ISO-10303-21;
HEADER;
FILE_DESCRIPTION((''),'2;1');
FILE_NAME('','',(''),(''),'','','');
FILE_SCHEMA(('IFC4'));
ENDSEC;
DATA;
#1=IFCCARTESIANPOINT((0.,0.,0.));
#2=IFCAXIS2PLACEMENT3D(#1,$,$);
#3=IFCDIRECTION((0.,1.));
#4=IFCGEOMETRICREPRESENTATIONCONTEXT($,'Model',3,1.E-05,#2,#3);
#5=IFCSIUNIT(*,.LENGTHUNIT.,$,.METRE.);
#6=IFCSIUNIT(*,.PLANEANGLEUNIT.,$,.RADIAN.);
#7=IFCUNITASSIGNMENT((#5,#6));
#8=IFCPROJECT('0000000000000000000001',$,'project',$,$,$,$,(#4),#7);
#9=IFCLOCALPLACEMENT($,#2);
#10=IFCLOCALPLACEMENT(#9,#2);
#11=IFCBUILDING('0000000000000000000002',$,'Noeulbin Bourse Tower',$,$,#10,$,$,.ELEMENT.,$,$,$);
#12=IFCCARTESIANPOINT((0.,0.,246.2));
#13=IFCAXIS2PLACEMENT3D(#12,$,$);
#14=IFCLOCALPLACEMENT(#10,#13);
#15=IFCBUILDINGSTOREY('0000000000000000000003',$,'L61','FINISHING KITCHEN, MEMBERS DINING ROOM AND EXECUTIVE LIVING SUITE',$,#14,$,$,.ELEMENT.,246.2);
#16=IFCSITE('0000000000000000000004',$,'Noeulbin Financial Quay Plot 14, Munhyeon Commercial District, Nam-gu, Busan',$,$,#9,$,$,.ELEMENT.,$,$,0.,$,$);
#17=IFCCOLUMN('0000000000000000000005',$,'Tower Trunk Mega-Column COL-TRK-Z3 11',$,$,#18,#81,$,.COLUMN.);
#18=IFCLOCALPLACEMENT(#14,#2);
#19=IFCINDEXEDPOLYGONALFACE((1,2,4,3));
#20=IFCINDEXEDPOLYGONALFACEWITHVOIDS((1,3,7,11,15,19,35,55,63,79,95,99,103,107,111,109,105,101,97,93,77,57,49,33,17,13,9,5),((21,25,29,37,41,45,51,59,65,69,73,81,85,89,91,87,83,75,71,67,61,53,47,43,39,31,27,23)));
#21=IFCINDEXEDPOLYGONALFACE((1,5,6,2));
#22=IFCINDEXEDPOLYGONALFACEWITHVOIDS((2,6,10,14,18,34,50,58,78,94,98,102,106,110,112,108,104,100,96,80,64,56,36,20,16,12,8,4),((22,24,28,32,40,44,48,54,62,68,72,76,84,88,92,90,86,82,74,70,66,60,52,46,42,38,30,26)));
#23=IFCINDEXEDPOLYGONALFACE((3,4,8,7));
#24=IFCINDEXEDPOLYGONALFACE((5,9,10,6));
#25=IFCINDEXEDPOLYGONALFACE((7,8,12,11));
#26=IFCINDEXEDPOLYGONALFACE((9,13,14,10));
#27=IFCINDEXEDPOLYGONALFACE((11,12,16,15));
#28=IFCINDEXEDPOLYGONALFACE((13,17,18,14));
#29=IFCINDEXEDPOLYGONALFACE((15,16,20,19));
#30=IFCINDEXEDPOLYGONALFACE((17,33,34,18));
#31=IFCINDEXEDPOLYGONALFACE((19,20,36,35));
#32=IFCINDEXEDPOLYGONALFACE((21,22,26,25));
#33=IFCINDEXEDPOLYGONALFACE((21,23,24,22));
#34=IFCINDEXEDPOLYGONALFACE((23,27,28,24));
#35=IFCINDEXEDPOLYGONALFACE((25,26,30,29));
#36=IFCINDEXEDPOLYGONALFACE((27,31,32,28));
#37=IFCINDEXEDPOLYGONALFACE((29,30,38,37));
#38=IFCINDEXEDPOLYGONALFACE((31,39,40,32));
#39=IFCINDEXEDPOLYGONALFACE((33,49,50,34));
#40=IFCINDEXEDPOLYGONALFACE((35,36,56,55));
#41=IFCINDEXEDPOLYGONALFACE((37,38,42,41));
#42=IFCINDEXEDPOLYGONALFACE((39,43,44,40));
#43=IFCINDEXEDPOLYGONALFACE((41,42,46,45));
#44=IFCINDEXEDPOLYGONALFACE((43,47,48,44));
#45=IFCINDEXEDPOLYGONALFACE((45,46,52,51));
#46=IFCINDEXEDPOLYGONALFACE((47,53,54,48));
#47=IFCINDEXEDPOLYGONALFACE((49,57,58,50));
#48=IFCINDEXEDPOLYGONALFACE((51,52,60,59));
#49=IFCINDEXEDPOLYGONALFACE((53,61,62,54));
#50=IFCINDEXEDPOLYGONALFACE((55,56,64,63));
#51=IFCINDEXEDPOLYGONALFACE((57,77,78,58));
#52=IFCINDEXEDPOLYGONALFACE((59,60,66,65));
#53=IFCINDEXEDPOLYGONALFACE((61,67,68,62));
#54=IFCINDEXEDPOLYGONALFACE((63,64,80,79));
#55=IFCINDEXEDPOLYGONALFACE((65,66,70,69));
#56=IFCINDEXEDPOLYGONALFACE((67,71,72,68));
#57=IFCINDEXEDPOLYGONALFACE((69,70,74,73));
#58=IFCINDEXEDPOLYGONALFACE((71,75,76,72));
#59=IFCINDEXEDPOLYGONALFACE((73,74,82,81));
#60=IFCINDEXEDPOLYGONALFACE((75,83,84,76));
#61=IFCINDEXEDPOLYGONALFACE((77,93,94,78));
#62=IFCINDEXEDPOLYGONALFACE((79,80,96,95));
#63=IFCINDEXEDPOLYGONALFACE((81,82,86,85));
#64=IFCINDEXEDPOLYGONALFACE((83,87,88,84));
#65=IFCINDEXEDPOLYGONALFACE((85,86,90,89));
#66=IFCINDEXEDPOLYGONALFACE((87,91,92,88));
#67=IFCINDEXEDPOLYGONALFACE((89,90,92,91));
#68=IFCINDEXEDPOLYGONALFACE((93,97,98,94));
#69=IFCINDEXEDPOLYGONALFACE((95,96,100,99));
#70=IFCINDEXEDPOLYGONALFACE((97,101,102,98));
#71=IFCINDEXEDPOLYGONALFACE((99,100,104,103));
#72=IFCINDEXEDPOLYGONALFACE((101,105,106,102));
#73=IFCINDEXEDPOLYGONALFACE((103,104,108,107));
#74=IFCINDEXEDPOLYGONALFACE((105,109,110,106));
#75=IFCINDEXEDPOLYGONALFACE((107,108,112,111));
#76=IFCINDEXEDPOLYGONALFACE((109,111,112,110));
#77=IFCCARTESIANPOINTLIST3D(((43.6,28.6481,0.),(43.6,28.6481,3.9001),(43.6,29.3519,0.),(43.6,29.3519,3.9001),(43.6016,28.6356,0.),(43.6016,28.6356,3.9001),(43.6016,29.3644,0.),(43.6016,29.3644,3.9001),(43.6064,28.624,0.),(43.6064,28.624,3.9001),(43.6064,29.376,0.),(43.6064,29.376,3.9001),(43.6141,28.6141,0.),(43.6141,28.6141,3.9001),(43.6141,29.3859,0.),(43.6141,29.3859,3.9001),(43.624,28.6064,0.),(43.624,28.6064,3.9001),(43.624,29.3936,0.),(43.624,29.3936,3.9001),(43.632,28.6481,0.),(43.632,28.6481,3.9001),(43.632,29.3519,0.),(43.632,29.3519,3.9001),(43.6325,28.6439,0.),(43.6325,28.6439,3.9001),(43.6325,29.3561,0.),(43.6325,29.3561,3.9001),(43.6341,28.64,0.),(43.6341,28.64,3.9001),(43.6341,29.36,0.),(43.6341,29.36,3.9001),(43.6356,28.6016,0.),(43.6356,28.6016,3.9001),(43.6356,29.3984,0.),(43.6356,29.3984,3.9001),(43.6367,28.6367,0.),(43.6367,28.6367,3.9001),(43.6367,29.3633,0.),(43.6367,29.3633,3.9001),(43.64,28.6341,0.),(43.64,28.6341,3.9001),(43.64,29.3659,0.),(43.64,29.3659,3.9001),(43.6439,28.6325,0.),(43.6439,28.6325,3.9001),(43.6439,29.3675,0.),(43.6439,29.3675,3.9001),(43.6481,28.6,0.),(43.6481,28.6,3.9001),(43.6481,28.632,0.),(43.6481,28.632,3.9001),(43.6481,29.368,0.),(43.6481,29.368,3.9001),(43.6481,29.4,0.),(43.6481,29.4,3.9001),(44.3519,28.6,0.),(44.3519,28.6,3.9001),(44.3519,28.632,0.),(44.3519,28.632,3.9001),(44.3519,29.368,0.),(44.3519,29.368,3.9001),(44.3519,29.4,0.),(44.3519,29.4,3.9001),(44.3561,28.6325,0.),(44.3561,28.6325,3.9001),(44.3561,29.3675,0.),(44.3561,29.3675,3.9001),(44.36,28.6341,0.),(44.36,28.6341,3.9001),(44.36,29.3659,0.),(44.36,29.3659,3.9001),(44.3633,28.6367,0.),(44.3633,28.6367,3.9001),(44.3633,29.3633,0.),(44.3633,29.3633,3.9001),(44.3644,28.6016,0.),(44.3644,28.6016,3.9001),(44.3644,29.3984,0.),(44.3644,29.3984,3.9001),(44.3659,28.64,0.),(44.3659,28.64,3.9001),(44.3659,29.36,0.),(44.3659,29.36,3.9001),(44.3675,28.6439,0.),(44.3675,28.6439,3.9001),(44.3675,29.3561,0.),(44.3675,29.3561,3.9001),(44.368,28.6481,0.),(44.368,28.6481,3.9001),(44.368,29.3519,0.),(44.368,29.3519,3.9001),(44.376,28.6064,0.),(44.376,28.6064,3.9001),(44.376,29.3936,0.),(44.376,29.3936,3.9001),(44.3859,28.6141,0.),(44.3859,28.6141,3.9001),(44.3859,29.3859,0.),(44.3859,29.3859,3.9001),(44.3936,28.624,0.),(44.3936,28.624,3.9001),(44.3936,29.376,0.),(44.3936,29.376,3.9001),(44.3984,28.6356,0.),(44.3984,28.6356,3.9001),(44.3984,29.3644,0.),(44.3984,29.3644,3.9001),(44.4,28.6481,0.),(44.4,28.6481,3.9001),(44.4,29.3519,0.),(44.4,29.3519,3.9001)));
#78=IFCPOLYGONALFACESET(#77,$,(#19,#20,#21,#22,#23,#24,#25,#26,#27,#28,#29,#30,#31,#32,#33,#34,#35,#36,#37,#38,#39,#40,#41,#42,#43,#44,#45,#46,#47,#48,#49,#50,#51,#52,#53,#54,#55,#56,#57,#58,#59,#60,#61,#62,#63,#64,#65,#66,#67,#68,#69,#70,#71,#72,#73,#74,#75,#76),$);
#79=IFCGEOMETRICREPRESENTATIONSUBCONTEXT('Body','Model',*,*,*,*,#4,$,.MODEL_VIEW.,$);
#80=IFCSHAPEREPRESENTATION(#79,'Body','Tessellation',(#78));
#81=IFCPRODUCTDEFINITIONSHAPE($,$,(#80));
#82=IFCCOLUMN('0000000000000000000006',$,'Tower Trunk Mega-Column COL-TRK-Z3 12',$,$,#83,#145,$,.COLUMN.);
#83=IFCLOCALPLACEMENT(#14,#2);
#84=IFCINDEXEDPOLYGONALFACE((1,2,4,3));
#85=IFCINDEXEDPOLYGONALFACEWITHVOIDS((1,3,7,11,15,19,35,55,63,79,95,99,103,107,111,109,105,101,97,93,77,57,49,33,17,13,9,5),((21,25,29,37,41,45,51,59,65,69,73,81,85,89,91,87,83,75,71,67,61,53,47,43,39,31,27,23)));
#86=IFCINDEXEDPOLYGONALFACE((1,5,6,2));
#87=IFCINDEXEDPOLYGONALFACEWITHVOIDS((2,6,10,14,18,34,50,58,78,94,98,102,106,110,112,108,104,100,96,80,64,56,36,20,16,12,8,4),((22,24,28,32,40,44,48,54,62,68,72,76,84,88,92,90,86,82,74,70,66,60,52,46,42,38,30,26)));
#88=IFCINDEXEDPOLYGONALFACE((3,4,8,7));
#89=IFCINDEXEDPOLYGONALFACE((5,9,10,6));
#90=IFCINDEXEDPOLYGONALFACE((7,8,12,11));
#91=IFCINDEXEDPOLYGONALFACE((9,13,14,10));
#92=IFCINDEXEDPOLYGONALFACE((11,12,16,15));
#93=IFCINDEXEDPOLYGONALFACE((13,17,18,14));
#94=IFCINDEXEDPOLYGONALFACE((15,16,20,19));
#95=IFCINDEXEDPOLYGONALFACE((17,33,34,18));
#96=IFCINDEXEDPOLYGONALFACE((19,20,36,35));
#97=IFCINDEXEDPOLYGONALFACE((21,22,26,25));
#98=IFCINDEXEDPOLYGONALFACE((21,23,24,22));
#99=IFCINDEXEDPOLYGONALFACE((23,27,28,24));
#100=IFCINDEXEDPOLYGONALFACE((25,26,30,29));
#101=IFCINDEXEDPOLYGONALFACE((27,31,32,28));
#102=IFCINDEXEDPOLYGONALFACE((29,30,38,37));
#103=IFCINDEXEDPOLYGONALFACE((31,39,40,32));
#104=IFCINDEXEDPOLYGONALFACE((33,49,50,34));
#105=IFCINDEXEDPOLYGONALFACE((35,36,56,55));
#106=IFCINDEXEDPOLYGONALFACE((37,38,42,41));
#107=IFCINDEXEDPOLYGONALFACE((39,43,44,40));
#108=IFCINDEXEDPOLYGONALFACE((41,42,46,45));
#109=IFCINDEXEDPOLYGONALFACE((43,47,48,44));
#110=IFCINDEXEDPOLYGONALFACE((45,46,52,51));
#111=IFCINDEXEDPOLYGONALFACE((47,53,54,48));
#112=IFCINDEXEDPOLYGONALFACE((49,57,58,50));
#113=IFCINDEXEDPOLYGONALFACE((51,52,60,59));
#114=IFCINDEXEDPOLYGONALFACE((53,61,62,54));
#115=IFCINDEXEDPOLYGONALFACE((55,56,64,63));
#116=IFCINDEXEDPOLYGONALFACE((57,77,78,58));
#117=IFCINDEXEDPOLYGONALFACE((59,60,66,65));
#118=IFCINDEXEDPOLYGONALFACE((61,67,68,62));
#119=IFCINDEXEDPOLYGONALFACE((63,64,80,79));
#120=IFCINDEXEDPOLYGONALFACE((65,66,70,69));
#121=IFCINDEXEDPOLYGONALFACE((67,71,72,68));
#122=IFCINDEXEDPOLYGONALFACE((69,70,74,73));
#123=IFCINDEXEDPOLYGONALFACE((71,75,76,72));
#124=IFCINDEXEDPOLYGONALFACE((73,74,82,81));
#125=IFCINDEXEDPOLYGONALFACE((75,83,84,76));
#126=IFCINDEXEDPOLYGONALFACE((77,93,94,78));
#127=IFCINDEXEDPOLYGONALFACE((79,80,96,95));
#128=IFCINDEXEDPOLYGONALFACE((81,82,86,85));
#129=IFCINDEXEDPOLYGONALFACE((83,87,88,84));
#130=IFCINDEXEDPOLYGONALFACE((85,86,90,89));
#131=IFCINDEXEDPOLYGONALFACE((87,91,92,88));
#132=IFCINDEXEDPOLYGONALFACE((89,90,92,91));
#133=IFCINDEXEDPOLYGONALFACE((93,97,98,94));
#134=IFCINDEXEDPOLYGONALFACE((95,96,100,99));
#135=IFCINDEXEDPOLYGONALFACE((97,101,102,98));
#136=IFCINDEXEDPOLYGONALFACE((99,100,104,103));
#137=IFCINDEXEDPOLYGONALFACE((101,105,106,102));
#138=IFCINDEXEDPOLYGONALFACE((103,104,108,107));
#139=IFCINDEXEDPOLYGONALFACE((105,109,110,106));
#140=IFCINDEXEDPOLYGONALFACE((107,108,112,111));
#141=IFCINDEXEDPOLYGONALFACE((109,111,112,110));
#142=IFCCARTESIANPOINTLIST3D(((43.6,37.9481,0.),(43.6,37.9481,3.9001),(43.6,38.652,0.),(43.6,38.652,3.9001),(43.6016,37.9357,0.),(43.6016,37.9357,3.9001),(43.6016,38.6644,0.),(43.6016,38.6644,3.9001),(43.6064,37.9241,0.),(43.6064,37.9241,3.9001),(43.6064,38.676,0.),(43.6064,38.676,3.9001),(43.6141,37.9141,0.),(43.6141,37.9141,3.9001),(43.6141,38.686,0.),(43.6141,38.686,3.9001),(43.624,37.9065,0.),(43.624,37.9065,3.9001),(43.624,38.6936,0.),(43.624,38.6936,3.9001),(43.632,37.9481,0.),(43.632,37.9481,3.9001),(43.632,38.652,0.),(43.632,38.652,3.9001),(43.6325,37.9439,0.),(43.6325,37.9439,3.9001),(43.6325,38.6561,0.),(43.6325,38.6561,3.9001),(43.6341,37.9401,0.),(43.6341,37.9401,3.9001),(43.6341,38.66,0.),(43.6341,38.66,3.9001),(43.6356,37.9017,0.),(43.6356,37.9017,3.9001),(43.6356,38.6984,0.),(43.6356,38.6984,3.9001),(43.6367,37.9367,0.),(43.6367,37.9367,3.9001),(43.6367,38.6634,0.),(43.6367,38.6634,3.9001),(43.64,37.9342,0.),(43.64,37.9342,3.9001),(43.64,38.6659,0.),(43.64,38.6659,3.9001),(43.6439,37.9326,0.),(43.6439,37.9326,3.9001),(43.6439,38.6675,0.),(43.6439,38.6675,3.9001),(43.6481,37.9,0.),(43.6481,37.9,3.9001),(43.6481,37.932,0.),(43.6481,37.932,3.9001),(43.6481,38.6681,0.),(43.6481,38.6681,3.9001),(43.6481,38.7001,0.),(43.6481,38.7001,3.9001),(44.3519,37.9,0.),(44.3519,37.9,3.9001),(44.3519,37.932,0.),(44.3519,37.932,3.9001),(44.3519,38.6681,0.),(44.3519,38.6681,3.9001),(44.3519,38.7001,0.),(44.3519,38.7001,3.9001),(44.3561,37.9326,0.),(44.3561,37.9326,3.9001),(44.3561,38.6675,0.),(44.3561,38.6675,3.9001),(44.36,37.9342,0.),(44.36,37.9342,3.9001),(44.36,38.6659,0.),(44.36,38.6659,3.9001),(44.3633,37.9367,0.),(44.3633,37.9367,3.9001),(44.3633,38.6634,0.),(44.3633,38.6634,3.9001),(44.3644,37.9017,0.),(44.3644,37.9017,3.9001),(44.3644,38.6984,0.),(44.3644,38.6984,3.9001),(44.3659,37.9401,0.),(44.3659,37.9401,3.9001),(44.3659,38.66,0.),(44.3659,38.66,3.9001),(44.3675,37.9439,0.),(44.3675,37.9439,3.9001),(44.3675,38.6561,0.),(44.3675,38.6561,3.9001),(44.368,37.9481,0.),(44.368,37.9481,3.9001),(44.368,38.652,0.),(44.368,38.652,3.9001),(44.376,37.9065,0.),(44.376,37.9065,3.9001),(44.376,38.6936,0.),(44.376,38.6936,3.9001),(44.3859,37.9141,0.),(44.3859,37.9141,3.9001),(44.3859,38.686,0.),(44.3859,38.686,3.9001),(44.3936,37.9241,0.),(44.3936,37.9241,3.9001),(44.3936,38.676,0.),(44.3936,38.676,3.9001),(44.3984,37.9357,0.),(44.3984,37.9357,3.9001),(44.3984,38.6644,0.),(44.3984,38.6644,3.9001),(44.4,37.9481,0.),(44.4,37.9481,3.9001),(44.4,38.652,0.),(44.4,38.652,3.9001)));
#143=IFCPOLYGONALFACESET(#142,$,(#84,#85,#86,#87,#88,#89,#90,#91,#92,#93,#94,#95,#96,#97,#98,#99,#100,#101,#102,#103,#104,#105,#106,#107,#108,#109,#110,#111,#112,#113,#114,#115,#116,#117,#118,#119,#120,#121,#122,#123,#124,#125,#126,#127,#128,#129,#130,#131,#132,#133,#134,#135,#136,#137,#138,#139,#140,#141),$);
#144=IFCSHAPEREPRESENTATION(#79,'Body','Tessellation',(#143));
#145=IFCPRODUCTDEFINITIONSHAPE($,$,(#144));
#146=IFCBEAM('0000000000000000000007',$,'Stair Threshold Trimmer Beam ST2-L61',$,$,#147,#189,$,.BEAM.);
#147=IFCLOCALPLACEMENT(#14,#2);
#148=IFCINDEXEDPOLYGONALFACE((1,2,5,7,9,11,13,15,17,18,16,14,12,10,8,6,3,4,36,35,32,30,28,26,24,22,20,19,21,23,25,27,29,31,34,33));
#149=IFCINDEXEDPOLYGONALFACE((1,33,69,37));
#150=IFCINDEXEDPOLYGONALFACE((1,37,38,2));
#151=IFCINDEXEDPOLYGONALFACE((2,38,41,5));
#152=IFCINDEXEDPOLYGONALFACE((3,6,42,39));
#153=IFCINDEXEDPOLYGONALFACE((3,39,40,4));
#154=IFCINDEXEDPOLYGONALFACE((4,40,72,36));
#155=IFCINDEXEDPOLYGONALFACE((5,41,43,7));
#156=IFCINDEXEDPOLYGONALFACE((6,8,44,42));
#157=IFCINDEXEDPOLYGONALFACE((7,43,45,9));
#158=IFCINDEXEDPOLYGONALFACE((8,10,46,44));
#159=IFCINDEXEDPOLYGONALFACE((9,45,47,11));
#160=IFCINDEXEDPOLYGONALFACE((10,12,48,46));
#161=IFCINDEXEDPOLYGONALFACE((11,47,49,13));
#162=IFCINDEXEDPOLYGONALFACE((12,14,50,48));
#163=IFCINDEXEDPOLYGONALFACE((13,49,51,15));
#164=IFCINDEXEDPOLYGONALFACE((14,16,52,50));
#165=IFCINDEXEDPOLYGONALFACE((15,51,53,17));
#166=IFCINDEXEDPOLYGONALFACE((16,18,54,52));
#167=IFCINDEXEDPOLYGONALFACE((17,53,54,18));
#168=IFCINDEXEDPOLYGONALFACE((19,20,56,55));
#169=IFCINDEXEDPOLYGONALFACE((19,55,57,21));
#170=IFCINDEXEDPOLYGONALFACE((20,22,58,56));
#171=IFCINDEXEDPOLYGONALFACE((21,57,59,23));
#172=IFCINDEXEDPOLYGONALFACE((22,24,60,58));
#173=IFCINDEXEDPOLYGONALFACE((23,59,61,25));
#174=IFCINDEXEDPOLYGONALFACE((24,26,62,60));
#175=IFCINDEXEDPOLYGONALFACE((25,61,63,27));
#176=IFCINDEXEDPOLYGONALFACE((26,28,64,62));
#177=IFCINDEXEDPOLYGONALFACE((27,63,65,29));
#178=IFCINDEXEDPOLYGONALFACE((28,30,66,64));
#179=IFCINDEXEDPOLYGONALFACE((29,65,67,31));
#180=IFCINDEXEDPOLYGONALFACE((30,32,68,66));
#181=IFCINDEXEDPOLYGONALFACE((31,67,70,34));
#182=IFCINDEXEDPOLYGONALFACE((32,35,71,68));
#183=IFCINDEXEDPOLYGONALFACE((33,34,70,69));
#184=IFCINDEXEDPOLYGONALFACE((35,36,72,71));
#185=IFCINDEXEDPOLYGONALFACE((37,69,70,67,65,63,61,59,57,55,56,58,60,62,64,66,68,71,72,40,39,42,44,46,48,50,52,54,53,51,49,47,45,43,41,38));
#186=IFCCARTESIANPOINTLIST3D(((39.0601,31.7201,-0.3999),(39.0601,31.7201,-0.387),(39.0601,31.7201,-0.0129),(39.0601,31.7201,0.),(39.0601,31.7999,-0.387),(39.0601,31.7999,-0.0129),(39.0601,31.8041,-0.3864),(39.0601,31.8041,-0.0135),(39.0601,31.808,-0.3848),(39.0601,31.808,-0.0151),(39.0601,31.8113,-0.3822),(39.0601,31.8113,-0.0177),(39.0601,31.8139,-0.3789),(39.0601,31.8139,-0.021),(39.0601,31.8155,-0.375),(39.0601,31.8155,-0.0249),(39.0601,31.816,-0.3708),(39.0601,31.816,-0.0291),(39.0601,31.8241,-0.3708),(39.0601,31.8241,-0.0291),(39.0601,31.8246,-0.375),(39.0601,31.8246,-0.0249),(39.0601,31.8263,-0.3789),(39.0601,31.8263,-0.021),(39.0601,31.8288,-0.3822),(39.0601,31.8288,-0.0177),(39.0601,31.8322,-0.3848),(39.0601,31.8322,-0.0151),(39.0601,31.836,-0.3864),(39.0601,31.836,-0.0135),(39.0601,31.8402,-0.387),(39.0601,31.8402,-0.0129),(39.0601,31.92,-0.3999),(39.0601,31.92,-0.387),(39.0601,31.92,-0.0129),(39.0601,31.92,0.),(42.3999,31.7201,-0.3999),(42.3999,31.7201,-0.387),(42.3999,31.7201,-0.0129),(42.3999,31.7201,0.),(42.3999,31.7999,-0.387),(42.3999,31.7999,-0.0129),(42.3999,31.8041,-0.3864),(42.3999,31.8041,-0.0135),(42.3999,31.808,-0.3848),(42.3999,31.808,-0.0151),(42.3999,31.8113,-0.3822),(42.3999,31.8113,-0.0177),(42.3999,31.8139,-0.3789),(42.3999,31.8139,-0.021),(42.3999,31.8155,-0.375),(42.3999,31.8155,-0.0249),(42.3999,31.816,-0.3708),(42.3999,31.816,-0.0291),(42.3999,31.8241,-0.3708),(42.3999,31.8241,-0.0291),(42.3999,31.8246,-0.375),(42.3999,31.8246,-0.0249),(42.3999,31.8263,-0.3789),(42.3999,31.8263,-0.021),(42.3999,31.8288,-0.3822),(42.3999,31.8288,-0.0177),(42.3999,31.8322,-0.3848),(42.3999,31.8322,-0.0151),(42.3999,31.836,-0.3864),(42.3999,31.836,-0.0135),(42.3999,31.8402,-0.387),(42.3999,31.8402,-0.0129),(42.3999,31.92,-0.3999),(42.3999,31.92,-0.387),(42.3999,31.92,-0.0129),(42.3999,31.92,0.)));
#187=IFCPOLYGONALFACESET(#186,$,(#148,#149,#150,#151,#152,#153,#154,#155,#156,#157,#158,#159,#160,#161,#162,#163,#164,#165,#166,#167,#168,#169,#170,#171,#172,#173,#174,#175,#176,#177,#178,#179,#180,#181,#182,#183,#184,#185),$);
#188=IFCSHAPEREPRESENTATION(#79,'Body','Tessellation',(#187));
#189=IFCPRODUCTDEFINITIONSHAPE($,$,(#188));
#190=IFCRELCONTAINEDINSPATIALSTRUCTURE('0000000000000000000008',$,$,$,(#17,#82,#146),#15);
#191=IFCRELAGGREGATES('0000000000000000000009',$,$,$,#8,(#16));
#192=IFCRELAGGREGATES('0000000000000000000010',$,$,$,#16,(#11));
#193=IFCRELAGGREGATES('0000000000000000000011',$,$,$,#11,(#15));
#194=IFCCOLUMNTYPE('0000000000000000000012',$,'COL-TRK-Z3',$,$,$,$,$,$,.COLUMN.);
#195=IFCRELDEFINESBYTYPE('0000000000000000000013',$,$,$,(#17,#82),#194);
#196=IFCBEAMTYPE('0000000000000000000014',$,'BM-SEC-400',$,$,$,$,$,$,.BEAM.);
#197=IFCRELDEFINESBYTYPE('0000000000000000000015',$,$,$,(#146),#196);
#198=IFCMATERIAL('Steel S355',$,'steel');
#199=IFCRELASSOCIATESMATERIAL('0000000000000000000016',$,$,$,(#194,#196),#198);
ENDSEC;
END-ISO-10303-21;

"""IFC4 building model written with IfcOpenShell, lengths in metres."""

from ifc_helpers import new_model, si_unit, direction, frame, origin, origin_2d, place, context, subcontext, project, spatial, hollow_rectangle, i_section, extrude, material, material_profile, profile_set, type_object, element, save


model = new_model("IFC4")

# Units and contexts
model_context = context("Model", 3, precision=1e-05, world=origin(), true_north=direction((0.0, 1.0)))
body_context = subcontext(model_context, "Body", "Model", "MODEL_VIEW")
ifc_project = project(units=[si_unit("LENGTHUNIT", "METRE"), si_unit("PLANEANGLEUNIT", "RADIAN")], contexts=[model_context])

# Site, building, storey
site_placement = place(None, origin())
site = spatial("IfcSite", under=ifc_project, at=site_placement, Name="Noeulbin Financial Quay Plot 14, Munhyeon Commercial District, Nam-gu, Busan", CompositionType="ELEMENT", RefElevation=0.0)
building_placement = place(site_placement, origin())
building = spatial("IfcBuilding", under=site, at=building_placement, Name="Noeulbin Bourse Tower", CompositionType="ELEMENT")
storey_placement = place(building_placement, frame((0.0, 0.0, 246.2)))
storey = spatial("IfcBuildingStorey", under=building, at=storey_placement, Name="L61", Description="FINISHING KITCHEN, MEMBERS DINING ROOM AND EXECUTIVE LIVING SUITE", CompositionType="ELEMENT", Elevation=246.2)

# Columns
ifc_material_1 = material(Name="Steel S355", Category="steel")
ifc_material_profile_1 = material_profile(ifc_material_1, hollow_rectangle(XDim=0.8, YDim=0.8, WallThickness=0.032, InnerFilletRadius=0.0161, OuterFilletRadius=0.0481, at=origin_2d()), Name="BOX-800x800x32", Category="LoadBearing")
ifc_profile_set_1 = profile_set([ifc_material_profile_1], Name="Steel S355")
column_type = type_object("IfcColumnType", Name="COL-TRK-Z3", PredefinedType="COLUMN", material=ifc_profile_set_1)
for number, where, z_axis, x_axis, name in (
    (1, (44.0, 29.0, 0.0), (0.0, 0.0, 1.0), (1.0, 0.0, 0.0), "Tower Trunk Mega-Column COL-TRK-Z3 11"),
    (2, (44.0, 38.3, 0.0), (0.0, 0.0, 1.0), (1.0, 0.0, 0.0), "Tower Trunk Mega-Column COL-TRK-Z3 12"),
):
    element("IfcColumn", number, at=place(storey_placement, frame(where, z_axis=z_axis, x_axis=x_axis)), inside=storey, type_object=column_type, Name=name, PredefinedType="COLUMN", context=body_context, shape_type="SweptSolid", body=[
        extrude(hollow_rectangle(XDim=0.8, YDim=0.8, WallThickness=0.032, InnerFilletRadius=0.0161, OuterFilletRadius=0.0481, at=origin_2d()), origin(), (0.0, 0.0, 1.0), 3.9001),
    ])

# Beam
ifc_material_profile_2 = material_profile(ifc_material_1, i_section(OverallWidth=0.2, OverallDepth=0.3999, WebThickness=0.0081, FlangeThickness=0.0129, FilletRadius=0.0161, at=origin_2d()), Name="H-400x200x8x13", Category="LoadBearing")
ifc_profile_set_2 = profile_set([ifc_material_profile_2], Name="Steel S355")
beam_type = type_object("IfcBeamType", Name="BM-SEC-400", PredefinedType="BEAM", material=ifc_profile_set_2)
beam_placement = place(storey_placement, frame((39.0601, 31.8201, -0.2), z_axis=(1.0, 0.0, 0.0), x_axis=(0.0, 1.0, 0.0)))
element("IfcBeam", 3, at=beam_placement, inside=storey, type_object=beam_type, Name="Stair Threshold Trimmer Beam ST2-L61", PredefinedType="BEAM", context=body_context, shape_type="SweptSolid", body=[
    extrude(i_section(OverallWidth=0.2, OverallDepth=0.3999, WebThickness=0.0081, FlangeThickness=0.0129, FilletRadius=0.0161, at=origin_2d()), origin(), (0.0, 0.0, 1.0), 3.3398),
])

save(model, "model.ifc")
